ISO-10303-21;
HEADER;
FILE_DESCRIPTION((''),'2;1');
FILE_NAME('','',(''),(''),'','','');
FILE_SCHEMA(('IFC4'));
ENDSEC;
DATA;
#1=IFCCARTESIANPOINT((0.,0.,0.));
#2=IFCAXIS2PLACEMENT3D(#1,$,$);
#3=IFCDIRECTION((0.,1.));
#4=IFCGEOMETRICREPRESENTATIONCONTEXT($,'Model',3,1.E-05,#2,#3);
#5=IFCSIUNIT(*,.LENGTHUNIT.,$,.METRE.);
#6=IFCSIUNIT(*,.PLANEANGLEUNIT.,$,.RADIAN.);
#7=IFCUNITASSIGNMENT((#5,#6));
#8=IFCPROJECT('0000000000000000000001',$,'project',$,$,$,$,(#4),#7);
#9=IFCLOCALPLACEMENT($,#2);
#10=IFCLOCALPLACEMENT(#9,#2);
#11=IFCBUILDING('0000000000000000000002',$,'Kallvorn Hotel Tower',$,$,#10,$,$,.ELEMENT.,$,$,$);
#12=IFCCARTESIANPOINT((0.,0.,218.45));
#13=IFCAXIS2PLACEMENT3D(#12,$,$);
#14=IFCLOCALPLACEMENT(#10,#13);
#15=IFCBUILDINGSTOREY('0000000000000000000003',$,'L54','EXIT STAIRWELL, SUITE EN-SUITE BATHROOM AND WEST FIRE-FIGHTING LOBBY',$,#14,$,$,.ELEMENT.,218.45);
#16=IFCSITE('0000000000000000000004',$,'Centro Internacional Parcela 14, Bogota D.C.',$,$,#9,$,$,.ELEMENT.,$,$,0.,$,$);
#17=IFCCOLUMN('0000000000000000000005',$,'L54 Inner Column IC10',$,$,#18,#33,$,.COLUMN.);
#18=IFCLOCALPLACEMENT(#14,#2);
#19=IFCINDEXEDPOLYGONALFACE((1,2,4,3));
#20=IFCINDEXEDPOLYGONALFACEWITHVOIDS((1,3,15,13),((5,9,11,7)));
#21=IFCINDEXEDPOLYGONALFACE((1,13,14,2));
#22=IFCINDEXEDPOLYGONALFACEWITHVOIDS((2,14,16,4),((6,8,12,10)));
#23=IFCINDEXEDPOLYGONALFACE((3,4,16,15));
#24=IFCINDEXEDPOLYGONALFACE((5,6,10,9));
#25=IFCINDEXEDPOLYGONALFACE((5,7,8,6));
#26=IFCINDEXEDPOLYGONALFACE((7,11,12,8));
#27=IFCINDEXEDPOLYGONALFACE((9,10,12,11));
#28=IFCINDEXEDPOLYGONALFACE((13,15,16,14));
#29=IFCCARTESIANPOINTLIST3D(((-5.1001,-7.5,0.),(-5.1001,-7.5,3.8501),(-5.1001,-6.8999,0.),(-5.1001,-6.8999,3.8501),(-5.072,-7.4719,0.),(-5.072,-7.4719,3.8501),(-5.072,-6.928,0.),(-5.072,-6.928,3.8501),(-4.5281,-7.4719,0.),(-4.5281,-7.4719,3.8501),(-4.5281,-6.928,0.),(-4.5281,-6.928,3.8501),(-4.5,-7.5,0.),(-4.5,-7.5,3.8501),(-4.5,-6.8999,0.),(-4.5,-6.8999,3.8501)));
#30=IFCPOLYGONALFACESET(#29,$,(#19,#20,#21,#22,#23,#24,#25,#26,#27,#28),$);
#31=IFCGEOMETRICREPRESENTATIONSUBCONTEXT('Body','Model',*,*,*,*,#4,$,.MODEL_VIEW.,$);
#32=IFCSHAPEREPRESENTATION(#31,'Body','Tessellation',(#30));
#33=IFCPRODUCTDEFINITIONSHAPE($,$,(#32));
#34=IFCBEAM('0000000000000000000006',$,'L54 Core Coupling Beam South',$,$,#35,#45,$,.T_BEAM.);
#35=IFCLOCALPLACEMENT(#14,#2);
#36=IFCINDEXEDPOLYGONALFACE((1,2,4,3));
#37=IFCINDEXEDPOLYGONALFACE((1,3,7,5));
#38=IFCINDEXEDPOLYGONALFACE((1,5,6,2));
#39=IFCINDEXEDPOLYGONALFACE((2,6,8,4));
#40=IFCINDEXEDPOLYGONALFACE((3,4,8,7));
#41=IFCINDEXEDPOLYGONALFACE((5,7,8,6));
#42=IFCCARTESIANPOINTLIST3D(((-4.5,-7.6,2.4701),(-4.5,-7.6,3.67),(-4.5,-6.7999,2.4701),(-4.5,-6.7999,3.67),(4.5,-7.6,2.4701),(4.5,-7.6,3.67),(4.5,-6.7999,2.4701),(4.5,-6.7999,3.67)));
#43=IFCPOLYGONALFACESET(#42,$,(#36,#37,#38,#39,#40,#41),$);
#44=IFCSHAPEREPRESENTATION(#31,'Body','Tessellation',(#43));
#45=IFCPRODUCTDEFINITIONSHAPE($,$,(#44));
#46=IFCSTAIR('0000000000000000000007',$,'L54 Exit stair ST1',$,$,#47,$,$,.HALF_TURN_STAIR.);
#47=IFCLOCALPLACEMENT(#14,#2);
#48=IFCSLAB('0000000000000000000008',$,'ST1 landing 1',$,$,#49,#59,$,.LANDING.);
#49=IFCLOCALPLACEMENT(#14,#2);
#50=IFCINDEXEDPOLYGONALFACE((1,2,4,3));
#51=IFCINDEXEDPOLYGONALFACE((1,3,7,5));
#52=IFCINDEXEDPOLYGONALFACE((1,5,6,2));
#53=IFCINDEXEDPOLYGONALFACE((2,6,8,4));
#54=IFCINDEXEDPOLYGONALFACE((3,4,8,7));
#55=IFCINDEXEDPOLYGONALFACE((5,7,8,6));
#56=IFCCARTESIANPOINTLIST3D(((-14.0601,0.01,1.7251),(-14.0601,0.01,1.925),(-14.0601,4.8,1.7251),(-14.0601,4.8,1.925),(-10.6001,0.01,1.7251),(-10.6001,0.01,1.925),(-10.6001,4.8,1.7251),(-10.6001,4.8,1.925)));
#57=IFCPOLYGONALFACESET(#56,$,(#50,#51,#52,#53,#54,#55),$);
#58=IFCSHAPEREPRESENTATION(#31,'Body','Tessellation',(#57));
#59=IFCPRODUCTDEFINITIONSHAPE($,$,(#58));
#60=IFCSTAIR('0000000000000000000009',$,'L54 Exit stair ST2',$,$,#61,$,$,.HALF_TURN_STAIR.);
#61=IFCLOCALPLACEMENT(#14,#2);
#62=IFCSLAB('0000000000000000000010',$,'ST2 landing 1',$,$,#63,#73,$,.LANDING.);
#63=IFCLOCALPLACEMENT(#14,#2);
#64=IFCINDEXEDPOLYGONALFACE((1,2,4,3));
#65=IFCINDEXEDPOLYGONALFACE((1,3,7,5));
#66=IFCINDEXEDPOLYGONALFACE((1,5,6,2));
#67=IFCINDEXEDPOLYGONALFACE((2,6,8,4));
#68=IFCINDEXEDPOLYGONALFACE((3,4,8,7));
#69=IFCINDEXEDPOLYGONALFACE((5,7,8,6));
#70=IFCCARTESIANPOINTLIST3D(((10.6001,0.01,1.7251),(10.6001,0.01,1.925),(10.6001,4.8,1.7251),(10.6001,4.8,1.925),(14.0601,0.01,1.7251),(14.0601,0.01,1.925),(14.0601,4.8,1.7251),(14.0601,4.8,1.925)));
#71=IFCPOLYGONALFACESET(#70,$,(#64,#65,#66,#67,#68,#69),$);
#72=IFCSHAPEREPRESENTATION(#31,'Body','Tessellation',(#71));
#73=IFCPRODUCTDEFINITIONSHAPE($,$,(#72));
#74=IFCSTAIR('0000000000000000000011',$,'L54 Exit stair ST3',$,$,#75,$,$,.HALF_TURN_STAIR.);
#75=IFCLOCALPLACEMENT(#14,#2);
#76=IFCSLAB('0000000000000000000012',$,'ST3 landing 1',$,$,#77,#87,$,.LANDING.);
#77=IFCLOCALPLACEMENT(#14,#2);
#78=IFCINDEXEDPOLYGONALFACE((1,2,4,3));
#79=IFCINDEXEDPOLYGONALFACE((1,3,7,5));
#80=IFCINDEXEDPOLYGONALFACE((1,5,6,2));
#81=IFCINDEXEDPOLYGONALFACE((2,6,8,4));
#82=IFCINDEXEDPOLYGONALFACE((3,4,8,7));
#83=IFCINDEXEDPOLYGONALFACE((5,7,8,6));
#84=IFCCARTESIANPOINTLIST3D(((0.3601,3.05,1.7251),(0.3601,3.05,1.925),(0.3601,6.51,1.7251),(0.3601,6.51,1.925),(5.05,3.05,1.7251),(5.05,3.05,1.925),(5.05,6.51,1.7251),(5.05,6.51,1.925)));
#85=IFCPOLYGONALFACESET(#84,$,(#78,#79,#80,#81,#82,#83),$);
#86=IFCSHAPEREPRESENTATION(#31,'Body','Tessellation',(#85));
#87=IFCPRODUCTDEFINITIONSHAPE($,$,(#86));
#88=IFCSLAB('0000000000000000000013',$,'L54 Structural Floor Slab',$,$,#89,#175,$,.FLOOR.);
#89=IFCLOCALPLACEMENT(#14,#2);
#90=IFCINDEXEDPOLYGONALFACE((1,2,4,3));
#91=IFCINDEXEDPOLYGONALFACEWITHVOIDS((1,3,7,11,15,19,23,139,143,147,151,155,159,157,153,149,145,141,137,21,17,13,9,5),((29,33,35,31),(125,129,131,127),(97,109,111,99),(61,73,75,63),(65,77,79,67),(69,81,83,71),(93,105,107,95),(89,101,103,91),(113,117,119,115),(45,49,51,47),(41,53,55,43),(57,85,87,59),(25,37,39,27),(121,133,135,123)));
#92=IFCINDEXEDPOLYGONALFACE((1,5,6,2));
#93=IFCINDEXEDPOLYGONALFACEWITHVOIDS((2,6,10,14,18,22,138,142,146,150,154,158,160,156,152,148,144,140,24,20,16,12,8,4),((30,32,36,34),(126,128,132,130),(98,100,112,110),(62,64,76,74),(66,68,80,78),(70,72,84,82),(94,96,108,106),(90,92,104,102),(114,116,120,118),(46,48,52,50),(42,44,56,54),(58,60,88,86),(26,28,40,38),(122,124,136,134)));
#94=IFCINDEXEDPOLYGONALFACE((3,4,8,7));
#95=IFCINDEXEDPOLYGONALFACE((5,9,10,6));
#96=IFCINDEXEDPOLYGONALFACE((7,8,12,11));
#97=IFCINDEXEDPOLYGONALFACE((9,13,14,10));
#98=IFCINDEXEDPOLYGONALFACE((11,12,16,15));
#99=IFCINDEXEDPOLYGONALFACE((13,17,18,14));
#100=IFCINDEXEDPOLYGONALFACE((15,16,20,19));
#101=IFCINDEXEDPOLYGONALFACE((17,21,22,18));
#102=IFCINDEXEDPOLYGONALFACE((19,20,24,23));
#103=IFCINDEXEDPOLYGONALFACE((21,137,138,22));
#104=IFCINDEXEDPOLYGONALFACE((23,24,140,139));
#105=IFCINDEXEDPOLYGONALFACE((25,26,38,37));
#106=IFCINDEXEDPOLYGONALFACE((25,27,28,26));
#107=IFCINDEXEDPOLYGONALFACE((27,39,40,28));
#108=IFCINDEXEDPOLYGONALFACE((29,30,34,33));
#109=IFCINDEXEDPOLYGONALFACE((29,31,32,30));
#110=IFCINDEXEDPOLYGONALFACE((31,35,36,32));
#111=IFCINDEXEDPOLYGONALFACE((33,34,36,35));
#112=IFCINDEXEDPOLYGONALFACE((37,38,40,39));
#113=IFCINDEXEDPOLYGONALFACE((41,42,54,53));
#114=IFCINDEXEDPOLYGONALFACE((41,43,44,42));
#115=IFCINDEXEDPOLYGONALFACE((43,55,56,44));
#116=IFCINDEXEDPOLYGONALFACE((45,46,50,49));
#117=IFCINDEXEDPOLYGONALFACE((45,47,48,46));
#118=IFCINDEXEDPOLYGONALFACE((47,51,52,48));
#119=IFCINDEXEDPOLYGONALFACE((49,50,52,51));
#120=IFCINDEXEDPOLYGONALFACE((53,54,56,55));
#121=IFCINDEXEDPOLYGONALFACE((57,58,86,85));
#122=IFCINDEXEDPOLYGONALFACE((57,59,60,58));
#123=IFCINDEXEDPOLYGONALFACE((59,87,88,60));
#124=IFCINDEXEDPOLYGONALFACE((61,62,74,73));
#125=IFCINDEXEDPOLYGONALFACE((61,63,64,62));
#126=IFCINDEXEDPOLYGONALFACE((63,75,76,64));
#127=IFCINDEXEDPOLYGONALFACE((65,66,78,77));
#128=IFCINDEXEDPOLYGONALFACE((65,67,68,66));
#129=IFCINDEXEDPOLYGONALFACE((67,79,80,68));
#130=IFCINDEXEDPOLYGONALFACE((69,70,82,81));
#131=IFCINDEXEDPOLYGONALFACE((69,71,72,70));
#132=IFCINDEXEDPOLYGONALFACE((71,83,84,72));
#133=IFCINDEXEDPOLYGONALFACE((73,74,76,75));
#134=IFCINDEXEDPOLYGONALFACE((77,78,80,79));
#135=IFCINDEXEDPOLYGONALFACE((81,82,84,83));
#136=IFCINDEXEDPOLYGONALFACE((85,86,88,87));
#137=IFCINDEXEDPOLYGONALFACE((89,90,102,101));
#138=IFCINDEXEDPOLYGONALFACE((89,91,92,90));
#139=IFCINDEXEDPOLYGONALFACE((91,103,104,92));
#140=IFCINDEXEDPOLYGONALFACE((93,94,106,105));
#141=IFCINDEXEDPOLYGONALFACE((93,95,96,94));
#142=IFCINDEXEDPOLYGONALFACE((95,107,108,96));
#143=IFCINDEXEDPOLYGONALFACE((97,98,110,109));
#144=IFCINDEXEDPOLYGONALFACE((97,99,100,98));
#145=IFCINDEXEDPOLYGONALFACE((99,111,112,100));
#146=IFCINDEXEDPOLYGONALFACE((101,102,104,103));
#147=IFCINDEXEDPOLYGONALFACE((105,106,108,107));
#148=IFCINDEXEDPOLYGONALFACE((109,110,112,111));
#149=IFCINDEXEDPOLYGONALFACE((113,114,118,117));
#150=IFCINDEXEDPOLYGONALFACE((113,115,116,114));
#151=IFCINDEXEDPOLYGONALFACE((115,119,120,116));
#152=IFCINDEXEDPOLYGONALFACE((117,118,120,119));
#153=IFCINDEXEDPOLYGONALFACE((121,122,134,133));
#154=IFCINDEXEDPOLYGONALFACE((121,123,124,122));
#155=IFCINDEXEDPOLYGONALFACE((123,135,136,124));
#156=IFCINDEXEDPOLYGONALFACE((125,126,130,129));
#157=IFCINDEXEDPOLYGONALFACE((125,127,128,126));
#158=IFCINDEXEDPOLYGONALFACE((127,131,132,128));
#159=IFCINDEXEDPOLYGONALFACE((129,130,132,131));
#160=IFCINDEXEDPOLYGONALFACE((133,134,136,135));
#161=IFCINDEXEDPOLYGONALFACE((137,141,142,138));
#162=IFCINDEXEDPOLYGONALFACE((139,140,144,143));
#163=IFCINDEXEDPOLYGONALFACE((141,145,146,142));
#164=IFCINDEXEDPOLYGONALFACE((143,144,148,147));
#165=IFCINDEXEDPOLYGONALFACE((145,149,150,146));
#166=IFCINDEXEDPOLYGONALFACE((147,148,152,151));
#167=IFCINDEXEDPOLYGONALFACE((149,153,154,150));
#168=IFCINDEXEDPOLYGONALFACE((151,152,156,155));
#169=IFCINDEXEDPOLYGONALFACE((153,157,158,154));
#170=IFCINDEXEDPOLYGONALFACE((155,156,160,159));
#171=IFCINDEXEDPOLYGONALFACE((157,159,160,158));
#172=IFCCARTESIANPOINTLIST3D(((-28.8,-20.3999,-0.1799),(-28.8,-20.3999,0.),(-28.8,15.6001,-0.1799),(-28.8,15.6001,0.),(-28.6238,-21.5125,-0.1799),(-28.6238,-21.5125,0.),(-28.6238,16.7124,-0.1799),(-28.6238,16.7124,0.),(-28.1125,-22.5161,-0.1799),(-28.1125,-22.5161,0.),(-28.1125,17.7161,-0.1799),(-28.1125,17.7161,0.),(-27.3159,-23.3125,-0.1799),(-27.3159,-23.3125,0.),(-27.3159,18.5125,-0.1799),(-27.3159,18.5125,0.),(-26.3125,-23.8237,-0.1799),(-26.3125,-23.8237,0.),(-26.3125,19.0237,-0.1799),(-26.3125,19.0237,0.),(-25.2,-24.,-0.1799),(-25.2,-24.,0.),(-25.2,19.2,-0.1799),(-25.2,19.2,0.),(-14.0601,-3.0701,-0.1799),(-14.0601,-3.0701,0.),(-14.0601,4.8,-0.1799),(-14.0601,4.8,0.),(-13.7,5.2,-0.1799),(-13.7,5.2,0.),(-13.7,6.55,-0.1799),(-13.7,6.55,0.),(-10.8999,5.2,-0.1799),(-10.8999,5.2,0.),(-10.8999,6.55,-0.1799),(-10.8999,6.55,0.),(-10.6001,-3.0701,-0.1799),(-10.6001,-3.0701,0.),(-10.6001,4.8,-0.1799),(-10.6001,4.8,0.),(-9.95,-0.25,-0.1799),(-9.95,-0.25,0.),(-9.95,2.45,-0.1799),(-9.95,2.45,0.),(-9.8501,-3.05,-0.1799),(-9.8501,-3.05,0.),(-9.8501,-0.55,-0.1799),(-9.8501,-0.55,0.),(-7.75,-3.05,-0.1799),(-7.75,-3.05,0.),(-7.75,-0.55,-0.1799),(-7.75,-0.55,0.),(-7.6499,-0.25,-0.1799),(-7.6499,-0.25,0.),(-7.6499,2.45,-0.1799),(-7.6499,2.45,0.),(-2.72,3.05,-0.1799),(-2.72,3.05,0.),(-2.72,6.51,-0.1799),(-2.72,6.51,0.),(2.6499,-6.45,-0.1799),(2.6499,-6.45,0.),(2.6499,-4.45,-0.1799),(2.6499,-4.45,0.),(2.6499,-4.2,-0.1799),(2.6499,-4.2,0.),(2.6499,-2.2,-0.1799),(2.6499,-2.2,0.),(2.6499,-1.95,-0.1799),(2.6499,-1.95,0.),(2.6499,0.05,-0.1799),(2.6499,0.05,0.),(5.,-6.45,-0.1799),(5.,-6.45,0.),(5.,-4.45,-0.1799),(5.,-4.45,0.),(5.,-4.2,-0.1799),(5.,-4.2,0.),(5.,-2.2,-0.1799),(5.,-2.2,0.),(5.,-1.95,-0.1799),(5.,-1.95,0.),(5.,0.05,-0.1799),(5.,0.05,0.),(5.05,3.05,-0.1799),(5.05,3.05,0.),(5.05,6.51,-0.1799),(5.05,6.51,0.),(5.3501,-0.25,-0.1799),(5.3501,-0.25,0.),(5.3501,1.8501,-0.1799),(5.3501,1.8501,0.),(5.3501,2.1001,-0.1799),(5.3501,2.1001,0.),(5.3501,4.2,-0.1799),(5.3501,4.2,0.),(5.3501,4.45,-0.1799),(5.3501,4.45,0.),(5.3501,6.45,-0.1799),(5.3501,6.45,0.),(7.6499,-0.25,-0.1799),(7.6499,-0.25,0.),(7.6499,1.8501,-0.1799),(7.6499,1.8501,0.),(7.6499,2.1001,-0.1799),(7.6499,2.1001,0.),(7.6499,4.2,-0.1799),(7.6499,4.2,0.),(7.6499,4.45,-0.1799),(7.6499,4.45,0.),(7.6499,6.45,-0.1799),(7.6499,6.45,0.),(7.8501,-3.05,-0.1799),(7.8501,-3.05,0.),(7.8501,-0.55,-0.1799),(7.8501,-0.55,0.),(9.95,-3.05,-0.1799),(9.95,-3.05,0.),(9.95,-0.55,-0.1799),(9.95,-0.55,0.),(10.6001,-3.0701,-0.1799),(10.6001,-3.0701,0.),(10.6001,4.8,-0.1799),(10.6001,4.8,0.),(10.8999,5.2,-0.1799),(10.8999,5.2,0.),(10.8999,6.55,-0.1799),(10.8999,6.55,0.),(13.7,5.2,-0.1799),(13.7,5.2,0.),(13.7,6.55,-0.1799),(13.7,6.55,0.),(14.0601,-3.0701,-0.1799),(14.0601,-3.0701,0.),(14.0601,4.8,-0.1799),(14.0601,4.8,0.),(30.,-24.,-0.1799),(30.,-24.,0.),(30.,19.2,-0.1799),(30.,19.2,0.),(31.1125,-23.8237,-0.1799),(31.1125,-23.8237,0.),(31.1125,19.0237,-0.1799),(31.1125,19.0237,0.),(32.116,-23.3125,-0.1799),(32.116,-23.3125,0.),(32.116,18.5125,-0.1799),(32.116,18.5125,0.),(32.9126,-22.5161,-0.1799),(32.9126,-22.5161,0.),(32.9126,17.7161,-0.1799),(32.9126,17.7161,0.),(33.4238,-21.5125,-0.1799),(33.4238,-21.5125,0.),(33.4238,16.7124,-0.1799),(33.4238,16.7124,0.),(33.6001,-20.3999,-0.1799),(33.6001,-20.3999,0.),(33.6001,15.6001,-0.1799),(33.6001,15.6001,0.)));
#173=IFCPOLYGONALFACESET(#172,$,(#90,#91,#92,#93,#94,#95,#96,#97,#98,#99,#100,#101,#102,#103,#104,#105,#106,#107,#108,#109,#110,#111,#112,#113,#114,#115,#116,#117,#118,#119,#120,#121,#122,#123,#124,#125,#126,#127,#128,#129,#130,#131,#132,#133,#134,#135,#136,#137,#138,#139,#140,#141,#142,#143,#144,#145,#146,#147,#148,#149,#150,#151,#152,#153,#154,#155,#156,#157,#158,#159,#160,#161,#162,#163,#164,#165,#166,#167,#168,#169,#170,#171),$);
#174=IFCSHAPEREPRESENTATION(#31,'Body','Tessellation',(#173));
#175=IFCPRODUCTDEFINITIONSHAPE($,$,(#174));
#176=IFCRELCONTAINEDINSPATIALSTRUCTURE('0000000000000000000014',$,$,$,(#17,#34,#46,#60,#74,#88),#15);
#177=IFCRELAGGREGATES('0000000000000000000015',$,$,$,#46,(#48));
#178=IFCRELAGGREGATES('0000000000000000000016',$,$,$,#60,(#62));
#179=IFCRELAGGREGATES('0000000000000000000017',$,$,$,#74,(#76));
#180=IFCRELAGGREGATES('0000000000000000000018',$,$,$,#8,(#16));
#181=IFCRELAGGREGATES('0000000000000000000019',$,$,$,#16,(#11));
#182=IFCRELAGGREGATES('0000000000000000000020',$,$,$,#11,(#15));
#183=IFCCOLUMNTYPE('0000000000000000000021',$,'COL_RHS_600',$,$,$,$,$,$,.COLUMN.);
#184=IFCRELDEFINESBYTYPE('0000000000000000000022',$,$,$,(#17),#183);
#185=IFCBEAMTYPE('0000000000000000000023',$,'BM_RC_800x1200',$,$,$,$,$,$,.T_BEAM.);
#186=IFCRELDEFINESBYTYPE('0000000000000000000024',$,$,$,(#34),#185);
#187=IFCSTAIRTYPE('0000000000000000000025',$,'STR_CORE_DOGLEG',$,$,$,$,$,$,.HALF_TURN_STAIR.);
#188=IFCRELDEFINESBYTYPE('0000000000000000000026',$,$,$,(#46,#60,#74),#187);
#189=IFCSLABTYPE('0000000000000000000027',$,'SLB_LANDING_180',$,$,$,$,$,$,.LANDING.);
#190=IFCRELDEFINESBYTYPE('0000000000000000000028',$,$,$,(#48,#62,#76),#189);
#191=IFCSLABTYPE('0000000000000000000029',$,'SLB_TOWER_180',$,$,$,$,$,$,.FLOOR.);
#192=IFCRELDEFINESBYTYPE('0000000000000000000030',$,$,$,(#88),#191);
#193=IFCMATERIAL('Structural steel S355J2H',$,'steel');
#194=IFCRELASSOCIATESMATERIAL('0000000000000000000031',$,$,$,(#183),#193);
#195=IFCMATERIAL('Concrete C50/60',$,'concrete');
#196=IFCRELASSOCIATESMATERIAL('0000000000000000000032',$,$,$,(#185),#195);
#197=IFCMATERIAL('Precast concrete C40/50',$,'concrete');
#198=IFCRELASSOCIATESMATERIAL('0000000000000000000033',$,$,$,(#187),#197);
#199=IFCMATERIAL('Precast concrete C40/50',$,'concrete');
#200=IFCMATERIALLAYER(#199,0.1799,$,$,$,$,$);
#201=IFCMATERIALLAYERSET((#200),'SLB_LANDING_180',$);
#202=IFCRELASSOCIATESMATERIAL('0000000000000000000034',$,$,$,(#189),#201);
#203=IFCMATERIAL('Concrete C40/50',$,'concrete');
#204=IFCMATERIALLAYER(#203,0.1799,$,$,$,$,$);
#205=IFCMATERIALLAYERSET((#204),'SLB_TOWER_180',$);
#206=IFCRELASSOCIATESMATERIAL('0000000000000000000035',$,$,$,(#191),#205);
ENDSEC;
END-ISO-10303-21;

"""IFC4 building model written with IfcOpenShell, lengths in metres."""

from ifc_helpers import new_model, si_unit, direction, frame, origin, origin_2d, place, context, subcontext, project, spatial, polyline, rectangle, hollow_rectangle, outline, extrude, material, layer, layer_set, material_profile, profile_set, type_object, element, aggregate, save


model = new_model("IFC4")

# Units and contexts
model_context = context("Model", 3, precision=1e-05, world=origin(), true_north=direction((0.0, 1.0)))
body_context = subcontext(model_context, "Body", "Model", "MODEL_VIEW")
ifc_project = project(units=[si_unit("LENGTHUNIT", "METRE"), si_unit("PLANEANGLEUNIT", "RADIAN")], contexts=[model_context])

# Site, building, storey
site_placement = place(None, origin())
site = spatial("IfcSite", under=ifc_project, at=site_placement, Name="Centro Internacional Parcela 14, Bogota D.C.", CompositionType="ELEMENT", RefElevation=0.0)
building_placement = place(site_placement, origin())
building = spatial("IfcBuilding", under=site, at=building_placement, Name="Kallvorn Hotel Tower", CompositionType="ELEMENT")
storey_placement = place(building_placement, frame((0.0, 0.0, 218.45)))
storey = spatial("IfcBuildingStorey", under=building, at=storey_placement, Name="L54", Description="EXIT STAIRWELL, SUITE EN-SUITE BATHROOM AND WEST FIRE-FIGHTING LOBBY", CompositionType="ELEMENT", Elevation=218.45)

# Column
ifc_material_1 = material(Name="Structural steel S355J2H", Category="steel")
ifc_material_profile_1 = material_profile(ifc_material_1, hollow_rectangle(XDim=0.6001, YDim=0.6001, WallThickness=0.0281, at=origin_2d()), Name="RHS 600x600x28")
ifc_profile_set_1 = profile_set([ifc_material_profile_1], Name="Structural steel S355J2H")
column_type = type_object("IfcColumnType", Name="COL_RHS_600", PredefinedType="COLUMN", material=ifc_profile_set_1)
column_placement = place(storey_placement, frame((-4.8, -7.2, 0.0), z_axis=(0.0, 0.0, 1.0), x_axis=(1.0, 0.0, 0.0)))
element("IfcColumn", 1, at=column_placement, inside=storey, type_object=column_type, Name="L54 Inner Column IC10", PredefinedType="COLUMN", context=body_context, shape_type="SweptSolid", body=[
    extrude(hollow_rectangle(XDim=0.6001, YDim=0.6001, WallThickness=0.0281, at=origin_2d()), origin(), (0.0, 0.0, 1.0), 3.8501),
])

# Beam
ifc_material_2 = material(Name="Concrete C50/60", Category="concrete")
ifc_material_profile_2 = material_profile(ifc_material_2, rectangle(XDim=0.8, YDim=1.2, at=origin_2d()), Name="RC 800x1200")
ifc_profile_set_2 = profile_set([ifc_material_profile_2], Name="Concrete C50/60")
beam_type = type_object("IfcBeamType", Name="BM_RC_800x1200", PredefinedType="T_BEAM", material=ifc_profile_set_2)
beam_placement = place(storey_placement, frame((-4.5, -7.2, 3.0701), z_axis=(1.0, 0.0, 0.0), x_axis=(0.0, 1.0, 0.0)))
element("IfcBeam", 2, at=beam_placement, inside=storey, type_object=beam_type, Name="L54 Core Coupling Beam South", PredefinedType="T_BEAM", context=body_context, shape_type="SweptSolid", body=[
    extrude(rectangle(XDim=0.8, YDim=1.2, at=origin_2d()), origin(), (0.0, 0.0, 1.0), 9.0),
])

# Stairs, slabs
ifc_material_3 = material(Name="Precast concrete C40/50", Category="concrete")
stair_type = type_object("IfcStairType", Name="STR_CORE_DOGLEG", PredefinedType="HALF_TURN_STAIR", material=ifc_material_3)
stair_1_placement = place(storey_placement, origin())
stair_1 = element("IfcStair", 3, at=stair_1_placement, inside=storey, type_object=stair_type, Name="L54 Exit stair ST1", PredefinedType="HALF_TURN_STAIR")
ifc_material_4 = material(Name="Precast concrete C40/50", Category="concrete")
ifc_layer_1 = layer(ifc_material_4, 0.1799)
ifc_layer_set_1 = layer_set([ifc_layer_1], Name="SLB_LANDING_180")
slab_type_1 = type_object("IfcSlabType", Name="SLB_LANDING_180", PredefinedType="LANDING", material=ifc_layer_set_1)
slab_1_placement = place(storey_placement, frame((0.0, 0.0, 1.7251)))
slab_1 = element("IfcSlab", 4, at=slab_1_placement, type_object=slab_type_1, Name="ST1 landing 1", PredefinedType="LANDING", context=body_context, shape_type="SweptSolid", body=[
    extrude(outline(polyline([(-10.6001, 0.01), (-10.6001, 4.8), (-14.0601, 4.8), (-14.0601, 0.01), (-10.6001, 0.01)])), origin(), (0.0, 0.0, 1.0), 0.2),
])
aggregate(stair_1, [slab_1])
stair_2_placement = place(storey_placement, origin())
stair_2 = element("IfcStair", 5, at=stair_2_placement, inside=storey, type_object=stair_type, Name="L54 Exit stair ST2", PredefinedType="HALF_TURN_STAIR")
slab_2_placement = place(storey_placement, frame((0.0, 0.0, 1.7251)))
slab_2 = element("IfcSlab", 6, at=slab_2_placement, type_object=slab_type_1, Name="ST2 landing 1", PredefinedType="LANDING", context=body_context, shape_type="SweptSolid", body=[
    extrude(outline(polyline([(14.0601, 0.01), (14.0601, 4.8), (10.6001, 4.8), (10.6001, 0.01), (14.0601, 0.01)])), origin(), (0.0, 0.0, 1.0), 0.2),
])
aggregate(stair_2, [slab_2])
stair_3_placement = place(storey_placement, origin())
stair_3 = element("IfcStair", 7, at=stair_3_placement, inside=storey, type_object=stair_type, Name="L54 Exit stair ST3", PredefinedType="HALF_TURN_STAIR")
slab_3_placement = place(storey_placement, frame((0.0, 0.0, 1.7251)))
slab_3 = element("IfcSlab", 8, at=slab_3_placement, type_object=slab_type_1, Name="ST3 landing 1", PredefinedType="LANDING", context=body_context, shape_type="SweptSolid", body=[
    extrude(outline(polyline([(0.3601, 3.05), (5.05, 3.05), (5.05, 6.51), (0.3601, 6.51), (0.3601, 3.05)])), origin(), (0.0, 0.0, 1.0), 0.2),
])
aggregate(stair_3, [slab_3])

# Slab
ifc_material_5 = material(Name="Concrete C40/50", Category="concrete")
ifc_layer_2 = layer(ifc_material_5, 0.1799)
ifc_layer_set_2 = layer_set([ifc_layer_2], Name="SLB_TOWER_180")
slab_type_2 = type_object("IfcSlabType", Name="SLB_TOWER_180", PredefinedType="FLOOR", material=ifc_layer_set_2)
slab_4_placement = place(storey_placement, frame((0.0, 0.0, -0.1799)))
element("IfcSlab", 9, at=slab_4_placement, inside=storey, type_object=slab_type_2, Name="L54 Structural Floor Slab", PredefinedType="FLOOR", context=body_context, shape_type="SweptSolid", body=[
    extrude(outline(polyline([(30.0, -24.0), (31.1125, -23.8237), (32.116, -23.3125), (32.9126, -22.5161), (33.4238, -21.5125), (33.6001, -20.3999), (33.6001, 15.6001), (33.4238, 16.7124), (32.9126, 17.7161), (32.116, 18.5125), (31.1125, 19.0237), (30.0, 19.2), (-25.2, 19.2), (-26.3125, 19.0237), (-27.3159, 18.5125), (-28.1125, 17.7161), (-28.6238, 16.7124), (-28.8, 15.6001), (-28.8, -20.3999), (-28.6238, -21.5125), (-28.1125, -22.5161), (-27.3159, -23.3125), (-26.3125, -23.8237), (-25.2, -24.0), (30.0, -24.0)]), holes=[polyline([(-10.6001, -3.0701), (-10.6001, 4.8), (-14.0601, 4.8), (-14.0601, -3.0701), (-10.6001, -3.0701)]), polyline([(14.0601, -3.0701), (14.0601, 4.8), (10.6001, 4.8), (10.6001, -3.0701), (14.0601, -3.0701)]), polyline([(-2.72, 3.05), (5.05, 3.05), (5.05, 6.51), (-2.72, 6.51), (-2.72, 3.05)]), polyline([(2.6499, -6.45), (5.0, -6.45), (5.0, -4.45), (2.6499, -4.45), (2.6499, -6.45)]), polyline([(2.6499, -4.2), (5.0, -4.2), (5.0, -2.2), (2.6499, -2.2), (2.6499, -4.2)]), polyline([(2.6499, -1.95), (5.0, -1.95), (5.0, 0.05), (2.6499, 0.05), (2.6499, -1.95)]), polyline([(5.3501, -0.25), (7.6499, -0.25), (7.6499, 1.8501), (5.3501, 1.8501), (5.3501, -0.25)]), polyline([(5.3501, 2.1001), (7.6499, 2.1001), (7.6499, 4.2), (5.3501, 4.2), (5.3501, 2.1001)]), polyline([(5.3501, 4.45), (7.6499, 4.45), (7.6499, 6.45), (5.3501, 6.45), (5.3501, 4.45)]), polyline([(-9.8501, -3.05), (-7.75, -3.05), (-7.75, -0.55), (-9.8501, -0.55), (-9.8501, -3.05)]), polyline([(7.8501, -3.05), (9.95, -3.05), (9.95, -0.55), (7.8501, -0.55), (7.8501, -3.05)]), polyline([(-9.95, -0.25), (-7.6499, -0.25), (-7.6499, 2.45), (-9.95, 2.45), (-9.95, -0.25)]), polyline([(-13.7, 5.2), (-10.8999, 5.2), (-10.8999, 6.55), (-13.7, 6.55), (-13.7, 5.2)]), polyline([(10.8999, 5.2), (13.7, 5.2), (13.7, 6.55), (10.8999, 6.55), (10.8999, 5.2)])]), origin(), (0.0, 0.0, 1.0), 0.1799),
])

save(model, "model.ifc")
